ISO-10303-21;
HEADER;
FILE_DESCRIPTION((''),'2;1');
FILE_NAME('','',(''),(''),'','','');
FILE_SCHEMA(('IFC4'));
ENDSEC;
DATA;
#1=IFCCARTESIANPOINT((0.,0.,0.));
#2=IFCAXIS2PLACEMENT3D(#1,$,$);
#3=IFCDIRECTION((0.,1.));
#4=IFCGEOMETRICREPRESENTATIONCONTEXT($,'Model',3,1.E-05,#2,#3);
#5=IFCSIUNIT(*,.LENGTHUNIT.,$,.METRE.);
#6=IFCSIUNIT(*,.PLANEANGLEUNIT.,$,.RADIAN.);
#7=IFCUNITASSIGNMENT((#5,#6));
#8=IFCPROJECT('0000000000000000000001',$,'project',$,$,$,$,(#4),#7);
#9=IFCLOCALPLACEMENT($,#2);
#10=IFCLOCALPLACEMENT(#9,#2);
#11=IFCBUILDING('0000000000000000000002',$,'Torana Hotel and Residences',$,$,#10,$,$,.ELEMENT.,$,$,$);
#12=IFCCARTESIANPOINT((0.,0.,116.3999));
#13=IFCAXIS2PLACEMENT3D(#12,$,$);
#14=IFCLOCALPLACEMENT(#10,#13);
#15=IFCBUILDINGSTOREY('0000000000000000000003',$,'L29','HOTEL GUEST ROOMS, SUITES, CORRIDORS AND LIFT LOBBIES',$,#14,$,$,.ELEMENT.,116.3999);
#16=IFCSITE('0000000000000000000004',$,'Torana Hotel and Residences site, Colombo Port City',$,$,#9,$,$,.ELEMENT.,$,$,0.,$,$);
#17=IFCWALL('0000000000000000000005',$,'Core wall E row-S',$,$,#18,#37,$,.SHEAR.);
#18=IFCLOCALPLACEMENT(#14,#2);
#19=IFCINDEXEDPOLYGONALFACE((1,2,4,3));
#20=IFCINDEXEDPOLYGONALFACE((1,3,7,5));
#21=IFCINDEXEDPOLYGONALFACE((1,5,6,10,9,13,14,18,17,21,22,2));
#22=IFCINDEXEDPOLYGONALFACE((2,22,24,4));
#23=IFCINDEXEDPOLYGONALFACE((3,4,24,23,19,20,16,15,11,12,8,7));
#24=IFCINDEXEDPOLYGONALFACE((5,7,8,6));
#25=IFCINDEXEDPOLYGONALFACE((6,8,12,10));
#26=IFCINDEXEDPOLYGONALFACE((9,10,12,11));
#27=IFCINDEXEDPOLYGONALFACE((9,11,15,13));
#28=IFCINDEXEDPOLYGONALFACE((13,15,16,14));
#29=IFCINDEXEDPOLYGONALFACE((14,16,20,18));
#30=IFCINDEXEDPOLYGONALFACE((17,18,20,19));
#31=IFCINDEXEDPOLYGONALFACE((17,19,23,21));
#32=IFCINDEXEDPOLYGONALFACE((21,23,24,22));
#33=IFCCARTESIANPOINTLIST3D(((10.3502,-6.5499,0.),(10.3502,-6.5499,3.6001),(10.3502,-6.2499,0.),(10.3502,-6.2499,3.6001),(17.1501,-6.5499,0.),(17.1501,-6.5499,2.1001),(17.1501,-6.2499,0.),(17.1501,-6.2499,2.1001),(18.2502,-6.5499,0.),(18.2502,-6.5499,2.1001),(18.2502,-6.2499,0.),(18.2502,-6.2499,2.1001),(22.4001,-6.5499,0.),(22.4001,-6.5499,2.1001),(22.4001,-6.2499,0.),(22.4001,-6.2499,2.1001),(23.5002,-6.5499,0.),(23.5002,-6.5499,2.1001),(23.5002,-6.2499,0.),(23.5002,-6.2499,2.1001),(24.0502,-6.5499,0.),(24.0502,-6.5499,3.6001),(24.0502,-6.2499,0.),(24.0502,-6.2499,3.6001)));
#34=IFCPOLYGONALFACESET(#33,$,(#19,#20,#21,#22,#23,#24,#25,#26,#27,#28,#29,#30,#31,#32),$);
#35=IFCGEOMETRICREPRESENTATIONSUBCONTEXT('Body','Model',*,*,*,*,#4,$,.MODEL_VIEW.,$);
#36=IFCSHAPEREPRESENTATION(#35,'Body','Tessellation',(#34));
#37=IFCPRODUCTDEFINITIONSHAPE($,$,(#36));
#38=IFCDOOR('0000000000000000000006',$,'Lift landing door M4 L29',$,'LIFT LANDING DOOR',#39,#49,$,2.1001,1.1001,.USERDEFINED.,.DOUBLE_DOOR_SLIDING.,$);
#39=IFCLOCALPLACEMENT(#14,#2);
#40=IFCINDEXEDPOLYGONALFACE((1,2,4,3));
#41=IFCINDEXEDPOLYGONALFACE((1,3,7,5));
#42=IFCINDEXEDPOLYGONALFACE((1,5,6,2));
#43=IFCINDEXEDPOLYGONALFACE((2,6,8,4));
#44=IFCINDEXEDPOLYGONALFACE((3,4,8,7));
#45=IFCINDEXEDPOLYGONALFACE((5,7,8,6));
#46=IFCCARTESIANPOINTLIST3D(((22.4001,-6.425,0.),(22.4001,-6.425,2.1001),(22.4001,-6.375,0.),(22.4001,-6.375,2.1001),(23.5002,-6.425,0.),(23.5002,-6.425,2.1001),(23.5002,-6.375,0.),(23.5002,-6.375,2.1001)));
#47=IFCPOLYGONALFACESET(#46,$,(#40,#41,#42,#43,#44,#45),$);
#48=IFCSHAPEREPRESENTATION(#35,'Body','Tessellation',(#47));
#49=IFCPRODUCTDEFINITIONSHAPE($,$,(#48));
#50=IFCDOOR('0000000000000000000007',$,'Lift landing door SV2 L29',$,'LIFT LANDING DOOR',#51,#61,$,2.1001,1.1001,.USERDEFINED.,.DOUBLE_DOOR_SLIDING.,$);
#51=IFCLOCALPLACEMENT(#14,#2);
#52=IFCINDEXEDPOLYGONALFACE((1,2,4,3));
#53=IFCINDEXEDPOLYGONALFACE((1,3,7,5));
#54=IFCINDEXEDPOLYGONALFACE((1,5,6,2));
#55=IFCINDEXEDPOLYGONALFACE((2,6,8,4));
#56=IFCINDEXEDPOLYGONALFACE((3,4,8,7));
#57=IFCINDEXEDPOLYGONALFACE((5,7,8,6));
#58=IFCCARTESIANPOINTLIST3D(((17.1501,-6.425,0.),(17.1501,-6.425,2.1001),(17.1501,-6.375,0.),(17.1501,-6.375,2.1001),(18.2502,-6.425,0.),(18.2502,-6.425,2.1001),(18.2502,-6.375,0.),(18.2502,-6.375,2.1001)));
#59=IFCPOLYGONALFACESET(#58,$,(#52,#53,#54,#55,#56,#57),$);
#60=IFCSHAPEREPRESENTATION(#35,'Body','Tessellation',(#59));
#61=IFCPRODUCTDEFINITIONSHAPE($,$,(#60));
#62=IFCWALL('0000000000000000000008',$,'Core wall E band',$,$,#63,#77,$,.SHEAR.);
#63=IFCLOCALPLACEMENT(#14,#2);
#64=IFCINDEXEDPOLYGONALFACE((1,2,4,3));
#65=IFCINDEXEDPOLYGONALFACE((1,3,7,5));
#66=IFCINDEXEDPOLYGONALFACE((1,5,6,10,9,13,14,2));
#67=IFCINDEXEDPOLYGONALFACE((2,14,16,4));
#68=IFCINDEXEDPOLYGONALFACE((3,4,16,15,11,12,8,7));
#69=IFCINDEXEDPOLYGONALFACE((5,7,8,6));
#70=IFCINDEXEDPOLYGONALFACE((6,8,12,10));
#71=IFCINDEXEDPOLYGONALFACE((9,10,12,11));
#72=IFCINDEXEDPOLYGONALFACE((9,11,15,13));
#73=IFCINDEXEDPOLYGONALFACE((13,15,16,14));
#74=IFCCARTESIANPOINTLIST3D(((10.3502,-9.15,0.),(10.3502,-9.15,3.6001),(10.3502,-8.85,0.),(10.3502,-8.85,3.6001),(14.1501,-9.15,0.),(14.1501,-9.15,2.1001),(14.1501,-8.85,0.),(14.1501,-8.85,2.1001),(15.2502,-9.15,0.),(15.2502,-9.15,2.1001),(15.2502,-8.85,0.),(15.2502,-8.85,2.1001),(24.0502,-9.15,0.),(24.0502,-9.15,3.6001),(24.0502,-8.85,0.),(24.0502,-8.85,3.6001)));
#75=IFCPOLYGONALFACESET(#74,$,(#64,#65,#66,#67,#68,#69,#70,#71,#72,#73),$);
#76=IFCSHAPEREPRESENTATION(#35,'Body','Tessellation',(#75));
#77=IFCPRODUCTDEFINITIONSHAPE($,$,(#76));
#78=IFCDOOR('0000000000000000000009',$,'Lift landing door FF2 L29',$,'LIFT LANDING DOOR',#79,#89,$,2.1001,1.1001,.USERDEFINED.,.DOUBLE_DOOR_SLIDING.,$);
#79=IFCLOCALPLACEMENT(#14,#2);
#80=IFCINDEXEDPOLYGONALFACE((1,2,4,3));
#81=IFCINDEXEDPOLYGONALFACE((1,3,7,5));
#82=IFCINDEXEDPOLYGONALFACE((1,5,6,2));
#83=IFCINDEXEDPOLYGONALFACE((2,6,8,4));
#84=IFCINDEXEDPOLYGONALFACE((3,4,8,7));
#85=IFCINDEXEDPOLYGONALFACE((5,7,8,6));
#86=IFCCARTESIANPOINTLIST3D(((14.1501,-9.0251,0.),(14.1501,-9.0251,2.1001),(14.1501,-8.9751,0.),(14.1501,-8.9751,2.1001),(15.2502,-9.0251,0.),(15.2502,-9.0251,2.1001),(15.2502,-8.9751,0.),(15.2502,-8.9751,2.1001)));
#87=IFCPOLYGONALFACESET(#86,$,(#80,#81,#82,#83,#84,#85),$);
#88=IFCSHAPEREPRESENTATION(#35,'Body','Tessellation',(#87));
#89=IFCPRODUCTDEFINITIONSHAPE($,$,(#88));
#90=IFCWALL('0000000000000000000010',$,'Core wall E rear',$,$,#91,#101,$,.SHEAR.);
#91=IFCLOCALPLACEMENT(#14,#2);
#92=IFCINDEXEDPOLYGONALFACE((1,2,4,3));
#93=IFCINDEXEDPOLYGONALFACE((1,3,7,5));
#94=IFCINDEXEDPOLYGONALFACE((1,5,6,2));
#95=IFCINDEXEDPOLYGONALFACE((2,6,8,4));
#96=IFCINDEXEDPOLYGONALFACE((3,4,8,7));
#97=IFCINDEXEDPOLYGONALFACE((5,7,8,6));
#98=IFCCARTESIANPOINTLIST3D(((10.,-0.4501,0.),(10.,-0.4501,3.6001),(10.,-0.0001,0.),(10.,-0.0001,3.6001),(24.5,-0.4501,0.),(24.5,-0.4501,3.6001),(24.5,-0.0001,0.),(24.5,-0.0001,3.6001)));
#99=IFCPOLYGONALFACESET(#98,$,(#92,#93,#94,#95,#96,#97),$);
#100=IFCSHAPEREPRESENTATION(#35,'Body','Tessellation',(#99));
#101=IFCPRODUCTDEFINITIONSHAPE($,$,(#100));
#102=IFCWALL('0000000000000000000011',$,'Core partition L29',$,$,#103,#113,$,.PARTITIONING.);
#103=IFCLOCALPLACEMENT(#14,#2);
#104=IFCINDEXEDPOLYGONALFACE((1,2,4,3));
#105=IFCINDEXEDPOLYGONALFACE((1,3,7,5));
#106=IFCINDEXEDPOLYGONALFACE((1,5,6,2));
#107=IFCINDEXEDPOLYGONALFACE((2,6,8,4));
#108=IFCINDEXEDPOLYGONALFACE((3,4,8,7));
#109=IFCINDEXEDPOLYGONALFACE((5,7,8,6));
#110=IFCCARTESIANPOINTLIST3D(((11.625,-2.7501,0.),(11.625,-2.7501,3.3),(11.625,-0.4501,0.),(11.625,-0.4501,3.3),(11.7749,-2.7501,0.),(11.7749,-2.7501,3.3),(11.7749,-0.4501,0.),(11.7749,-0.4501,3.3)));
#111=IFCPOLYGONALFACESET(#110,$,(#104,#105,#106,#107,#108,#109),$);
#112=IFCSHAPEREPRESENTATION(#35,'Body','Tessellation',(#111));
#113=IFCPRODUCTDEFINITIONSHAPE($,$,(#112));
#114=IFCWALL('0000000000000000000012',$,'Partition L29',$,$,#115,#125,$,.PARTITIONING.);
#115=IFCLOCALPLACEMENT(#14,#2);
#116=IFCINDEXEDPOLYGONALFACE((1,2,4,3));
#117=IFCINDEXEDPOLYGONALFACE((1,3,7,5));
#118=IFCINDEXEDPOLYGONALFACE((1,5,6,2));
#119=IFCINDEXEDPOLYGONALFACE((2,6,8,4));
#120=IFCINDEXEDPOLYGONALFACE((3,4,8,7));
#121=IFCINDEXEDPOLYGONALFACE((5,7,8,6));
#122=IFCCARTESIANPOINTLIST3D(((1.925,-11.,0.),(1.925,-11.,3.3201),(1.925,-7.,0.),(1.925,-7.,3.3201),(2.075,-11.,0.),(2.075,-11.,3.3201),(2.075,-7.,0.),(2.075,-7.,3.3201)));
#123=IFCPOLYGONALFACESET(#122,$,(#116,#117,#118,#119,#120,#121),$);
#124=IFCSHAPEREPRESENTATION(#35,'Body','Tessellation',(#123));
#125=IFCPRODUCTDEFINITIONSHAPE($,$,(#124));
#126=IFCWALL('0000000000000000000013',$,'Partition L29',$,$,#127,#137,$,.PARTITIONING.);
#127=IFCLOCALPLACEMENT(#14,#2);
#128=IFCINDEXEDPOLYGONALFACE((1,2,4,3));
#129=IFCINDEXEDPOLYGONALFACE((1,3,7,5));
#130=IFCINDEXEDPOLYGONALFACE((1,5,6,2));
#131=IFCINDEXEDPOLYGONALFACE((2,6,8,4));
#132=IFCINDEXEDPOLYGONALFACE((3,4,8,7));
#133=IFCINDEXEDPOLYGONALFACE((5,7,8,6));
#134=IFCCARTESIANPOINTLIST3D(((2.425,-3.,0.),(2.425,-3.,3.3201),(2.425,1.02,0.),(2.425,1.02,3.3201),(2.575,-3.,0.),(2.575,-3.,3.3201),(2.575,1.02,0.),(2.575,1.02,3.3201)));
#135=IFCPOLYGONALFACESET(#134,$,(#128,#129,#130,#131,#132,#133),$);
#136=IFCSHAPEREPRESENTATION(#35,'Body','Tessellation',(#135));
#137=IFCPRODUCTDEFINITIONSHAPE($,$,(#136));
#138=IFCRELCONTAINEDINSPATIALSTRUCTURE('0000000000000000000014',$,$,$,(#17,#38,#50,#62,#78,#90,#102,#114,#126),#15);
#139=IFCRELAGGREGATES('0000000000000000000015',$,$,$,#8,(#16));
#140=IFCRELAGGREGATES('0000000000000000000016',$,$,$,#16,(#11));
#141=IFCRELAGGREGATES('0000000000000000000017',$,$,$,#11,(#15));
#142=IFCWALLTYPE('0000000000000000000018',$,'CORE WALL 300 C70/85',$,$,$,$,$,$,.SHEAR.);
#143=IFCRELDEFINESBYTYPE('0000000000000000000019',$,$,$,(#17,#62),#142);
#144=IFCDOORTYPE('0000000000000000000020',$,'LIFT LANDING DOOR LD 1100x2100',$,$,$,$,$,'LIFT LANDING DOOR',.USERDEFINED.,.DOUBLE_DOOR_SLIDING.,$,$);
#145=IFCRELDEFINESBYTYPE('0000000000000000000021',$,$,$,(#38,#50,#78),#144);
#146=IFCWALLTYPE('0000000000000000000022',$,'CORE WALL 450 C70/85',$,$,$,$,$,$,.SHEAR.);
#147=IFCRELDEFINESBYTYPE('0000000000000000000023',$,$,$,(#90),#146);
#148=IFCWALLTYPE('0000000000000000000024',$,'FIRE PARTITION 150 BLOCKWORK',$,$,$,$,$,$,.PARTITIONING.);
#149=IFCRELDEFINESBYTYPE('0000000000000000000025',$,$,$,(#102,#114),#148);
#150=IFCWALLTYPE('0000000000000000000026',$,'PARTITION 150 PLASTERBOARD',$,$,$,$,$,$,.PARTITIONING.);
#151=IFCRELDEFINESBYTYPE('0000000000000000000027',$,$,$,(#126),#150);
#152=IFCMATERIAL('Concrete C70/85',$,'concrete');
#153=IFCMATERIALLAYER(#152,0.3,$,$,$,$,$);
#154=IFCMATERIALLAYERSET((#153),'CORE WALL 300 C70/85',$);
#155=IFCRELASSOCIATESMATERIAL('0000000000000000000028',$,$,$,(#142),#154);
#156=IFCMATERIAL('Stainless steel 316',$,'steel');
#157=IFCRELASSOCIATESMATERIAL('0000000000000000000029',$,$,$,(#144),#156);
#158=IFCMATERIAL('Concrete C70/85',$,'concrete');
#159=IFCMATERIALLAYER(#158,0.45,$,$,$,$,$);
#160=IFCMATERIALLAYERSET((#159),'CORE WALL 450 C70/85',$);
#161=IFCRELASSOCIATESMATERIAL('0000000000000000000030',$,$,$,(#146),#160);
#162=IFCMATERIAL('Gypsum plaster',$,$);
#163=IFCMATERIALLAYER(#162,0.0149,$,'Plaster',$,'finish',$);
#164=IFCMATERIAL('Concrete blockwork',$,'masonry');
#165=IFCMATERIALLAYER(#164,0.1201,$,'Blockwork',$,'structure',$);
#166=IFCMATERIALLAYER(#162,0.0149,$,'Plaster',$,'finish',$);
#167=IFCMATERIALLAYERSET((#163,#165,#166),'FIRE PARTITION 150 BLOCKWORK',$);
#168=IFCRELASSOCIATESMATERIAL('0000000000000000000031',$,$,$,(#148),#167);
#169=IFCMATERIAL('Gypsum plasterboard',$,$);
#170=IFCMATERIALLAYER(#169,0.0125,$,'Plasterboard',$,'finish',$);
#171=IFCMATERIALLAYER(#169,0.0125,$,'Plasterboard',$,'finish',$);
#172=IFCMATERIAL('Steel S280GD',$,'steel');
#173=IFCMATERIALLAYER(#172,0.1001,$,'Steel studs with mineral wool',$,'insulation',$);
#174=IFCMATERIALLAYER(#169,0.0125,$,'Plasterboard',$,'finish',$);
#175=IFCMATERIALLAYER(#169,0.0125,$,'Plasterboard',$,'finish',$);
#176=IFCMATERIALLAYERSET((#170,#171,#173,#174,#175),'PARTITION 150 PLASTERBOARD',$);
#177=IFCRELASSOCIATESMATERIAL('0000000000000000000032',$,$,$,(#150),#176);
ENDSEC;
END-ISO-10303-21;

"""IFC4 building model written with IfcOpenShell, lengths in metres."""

from ifc_helpers import new_model, si_unit, direction, frame, frame_2d, origin, place, context, subcontext, project, spatial, rectangle, extrude, material, layer, layer_set, type_object, element, fill, save


model = new_model("IFC4")

# Units and contexts
model_context = context("Model", 3, precision=1e-05, world=origin(), true_north=direction((0.0, 1.0)))
body_context = subcontext(model_context, "Body", "Model", "MODEL_VIEW")
ifc_project = project(units=[si_unit("LENGTHUNIT", "METRE"), si_unit("PLANEANGLEUNIT", "RADIAN")], contexts=[model_context])

# Site, building, storey
site_placement = place(None, origin())
site = spatial("IfcSite", under=ifc_project, at=site_placement, Name="Torana Hotel and Residences site, Colombo Port City", CompositionType="ELEMENT", RefElevation=0.0)
building_placement = place(site_placement, origin())
building = spatial("IfcBuilding", under=site, at=building_placement, Name="Torana Hotel and Residences", CompositionType="ELEMENT")
storey_placement = place(building_placement, frame((0.0, 0.0, 116.3999)))
storey = spatial("IfcBuildingStorey", under=building, at=storey_placement, Name="L29", Description="HOTEL GUEST ROOMS, SUITES, CORRIDORS AND LIFT LOBBIES", CompositionType="ELEMENT", Elevation=116.3999)

# Wall, openings, doors
ifc_material_1 = material(Name="Concrete C70/85", Category="concrete")
ifc_layer_1 = layer(ifc_material_1, 0.3)
ifc_layer_set_1 = layer_set([ifc_layer_1], Name="CORE WALL 300 C70/85")
wall_type_1 = type_object("IfcWallType", Name="CORE WALL 300 C70/85", PredefinedType="SHEAR", material=ifc_layer_set_1)
ifc_material_2 = material(Name="Stainless steel 316", Category="steel")
door_type_1 = type_object("IfcDoorType", Name="LIFT LANDING DOOR LD 1100x2100", ElementType="LIFT LANDING DOOR", OperationType="DOUBLE_DOOR_SLIDING", PredefinedType="USERDEFINED", material=ifc_material_2)
wall_1_placement = place(storey_placement, frame((10.3501, -6.3999, 0.0), z_axis=(0.0, 0.0, 1.0), x_axis=(1.0, 0.0, 0.0)))
wall_1 = element("IfcWall", 1, at=wall_1_placement, inside=storey, type_object=wall_type_1, Name="Core wall E row-S", PredefinedType="SHEAR", context=body_context, shape_type="SweptSolid", body=[
    extrude(rectangle(XDim=13.7, YDim=0.3, at=frame_2d((6.8501, 0.0))), origin(), (0.0, 0.0, 1.0), 3.6001),
])
opening_1_placement = place(wall_1_placement, frame((12.05, 0.0, 0.0)))
opening_1 = element("IfcOpeningElement", 2, at=opening_1_placement, cuts=wall_1, PredefinedType="OPENING", context=body_context, shape_type="SweptSolid", body=[
    extrude(rectangle(XDim=1.1001, YDim=2.1001, at=frame_2d((0.55, 1.05))), frame((0.0, 0.1599, 0.0), z_axis=(0.0, -1.0, 0.0), x_axis=(1.0, 0.0, 0.0)), (0.0, 0.0, 1.0), 0.3201),
])
opening_2_placement = place(wall_1_placement, frame((6.8, 0.0, 0.0)))
opening_2 = element("IfcOpeningElement", 3, at=opening_2_placement, cuts=wall_1, PredefinedType="OPENING", context=body_context, shape_type="SweptSolid", body=[
    extrude(rectangle(XDim=1.1001, YDim=2.1001, at=frame_2d((0.55, 1.05))), frame((0.0, 0.1599, 0.0), z_axis=(0.0, -1.0, 0.0), x_axis=(1.0, 0.0, 0.0)), (0.0, 0.0, 1.0), 0.3201),
])
door_1_placement = place(opening_1_placement, origin())
door_1 = element("IfcDoor", 4, at=door_1_placement, inside=storey, type_object=door_type_1, Name="Lift landing door M4 L29", ObjectType="LIFT LANDING DOOR", OperationType="DOUBLE_DOOR_SLIDING", OverallHeight=2.1001, OverallWidth=1.1001, PredefinedType="USERDEFINED", context=body_context, shape_type="SweptSolid", body=[
    extrude(rectangle(XDim=1.1001, YDim=2.1001, at=frame_2d((0.55, 1.05))), frame((0.0, 0.0249, 0.0), z_axis=(0.0, -1.0, 0.0), x_axis=(1.0, 0.0, 0.0)), (0.0, 0.0, 1.0), 0.05),
])
fill(opening_1, door_1)
door_2_placement = place(opening_2_placement, origin())
door_2 = element("IfcDoor", 5, at=door_2_placement, inside=storey, type_object=door_type_1, Name="Lift landing door SV2 L29", ObjectType="LIFT LANDING DOOR", OperationType="DOUBLE_DOOR_SLIDING", OverallHeight=2.1001, OverallWidth=1.1001, PredefinedType="USERDEFINED", context=body_context, shape_type="SweptSolid", body=[
    extrude(rectangle(XDim=1.1001, YDim=2.1001, at=frame_2d((0.55, 1.05))), frame((0.0, 0.0249, 0.0), z_axis=(0.0, -1.0, 0.0), x_axis=(1.0, 0.0, 0.0)), (0.0, 0.0, 1.0), 0.05),
])
fill(opening_2, door_2)

# Wall, opening, door
wall_2_placement = place(storey_placement, frame((10.3501, -9.0, 0.0), z_axis=(0.0, 0.0, 1.0), x_axis=(1.0, 0.0, 0.0)))
wall_2 = element("IfcWall", 6, at=wall_2_placement, inside=storey, type_object=wall_type_1, Name="Core wall E band", PredefinedType="SHEAR", context=body_context, shape_type="SweptSolid", body=[
    extrude(rectangle(XDim=13.7, YDim=0.3, at=frame_2d((6.8501, 0.0))), origin(), (0.0, 0.0, 1.0), 3.6001),
])
opening_3_placement = place(wall_2_placement, frame((3.8, 0.0, 0.0)))
opening_3 = element("IfcOpeningElement", 7, at=opening_3_placement, cuts=wall_2, PredefinedType="OPENING", context=body_context, shape_type="SweptSolid", body=[
    extrude(rectangle(XDim=1.1001, YDim=2.1001, at=frame_2d((0.55, 1.05))), frame((0.0, 0.1599, 0.0), z_axis=(0.0, -1.0, 0.0), x_axis=(1.0, 0.0, 0.0)), (0.0, 0.0, 1.0), 0.3201),
])
door_3_placement = place(opening_3_placement, origin())
door_3 = element("IfcDoor", 8, at=door_3_placement, inside=storey, type_object=door_type_1, Name="Lift landing door FF2 L29", ObjectType="LIFT LANDING DOOR", OperationType="DOUBLE_DOOR_SLIDING", OverallHeight=2.1001, OverallWidth=1.1001, PredefinedType="USERDEFINED", context=body_context, shape_type="SweptSolid", body=[
    extrude(rectangle(XDim=1.1001, YDim=2.1001, at=frame_2d((0.55, 1.05))), frame((0.0, 0.0249, 0.0), z_axis=(0.0, -1.0, 0.0), x_axis=(1.0, 0.0, 0.0)), (0.0, 0.0, 1.0), 0.05),
])
fill(opening_3, door_3)

# Walls
ifc_material_3 = material(Name="Concrete C70/85", Category="concrete")
ifc_layer_2 = layer(ifc_material_3, 0.45)
ifc_layer_set_2 = layer_set([ifc_layer_2], Name="CORE WALL 450 C70/85")
wall_type_2 = type_object("IfcWallType", Name="CORE WALL 450 C70/85", PredefinedType="SHEAR", material=ifc_layer_set_2)
wall_3_placement = place(storey_placement, frame((10.0, -0.2251, 0.0), z_axis=(0.0, 0.0, 1.0), x_axis=(1.0, 0.0, 0.0)))
element("IfcWall", 9, at=wall_3_placement, inside=storey, type_object=wall_type_2, Name="Core wall E rear", PredefinedType="SHEAR", context=body_context, shape_type="SweptSolid", body=[
    extrude(rectangle(XDim=14.5, YDim=0.45, at=frame_2d((7.25, 0.0))), origin(), (0.0, 0.0, 1.0), 3.6001),
])
ifc_material_4 = material(Name="Gypsum plaster")
ifc_layer_3 = layer(ifc_material_4, 0.0149, Name="Plaster", Category="finish")
ifc_material_5 = material(Name="Concrete blockwork", Category="masonry")
ifc_layer_4 = layer(ifc_material_5, 0.1201, Name="Blockwork", Category="structure")
ifc_layer_5 = layer(ifc_material_4, 0.0149, Name="Plaster", Category="finish")
ifc_layer_set_3 = layer_set([ifc_layer_3, ifc_layer_4, ifc_layer_5], Name="FIRE PARTITION 150 BLOCKWORK")
wall_type_3 = type_object("IfcWallType", Name="FIRE PARTITION 150 BLOCKWORK", PredefinedType="PARTITIONING", material=ifc_layer_set_3)
wall_4_placement = place(storey_placement, frame((11.7, -2.75, 0.0), z_axis=(0.0, 0.0, 1.0), x_axis=(0.0, 1.0, 0.0)))
element("IfcWall", 10, at=wall_4_placement, inside=storey, type_object=wall_type_3, Name="Core partition L29", PredefinedType="PARTITIONING", context=body_context, shape_type="SweptSolid", body=[
    extrude(rectangle(XDim=2.3, YDim=0.1499, at=frame_2d((1.1499, 0.0))), origin(), (0.0, 0.0, 1.0), 3.3),
])
wall_5_placement = place(storey_placement, frame((2.0, -11.0, 0.0), z_axis=(0.0, 0.0, 1.0), x_axis=(0.0, 1.0, 0.0)))
element("IfcWall", 11, at=wall_5_placement, inside=storey, type_object=wall_type_3, Name="Partition L29", PredefinedType="PARTITIONING", context=body_context, shape_type="SweptSolid", body=[
    extrude(rectangle(XDim=4.0, YDim=0.1499, at=frame_2d((2.0, 0.0))), origin(), (0.0, 0.0, 1.0), 3.3201),
])
ifc_material_6 = material(Name="Gypsum plasterboard")
ifc_layer_6 = layer(ifc_material_6, 0.0125, Name="Plasterboard", Category="finish")
ifc_layer_7 = layer(ifc_material_6, 0.0125, Name="Plasterboard", Category="finish")
ifc_material_7 = material(Name="Steel S280GD", Category="steel")
ifc_layer_8 = layer(ifc_material_7, 0.1001, Name="Steel studs with mineral wool", Category="insulation")
ifc_layer_9 = layer(ifc_material_6, 0.0125, Name="Plasterboard", Category="finish")
ifc_layer_10 = layer(ifc_material_6, 0.0125, Name="Plasterboard", Category="finish")
ifc_layer_set_4 = layer_set([ifc_layer_6, ifc_layer_7, ifc_layer_8, ifc_layer_9, ifc_layer_10], Name="PARTITION 150 PLASTERBOARD")
wall_type_4 = type_object("IfcWallType", Name="PARTITION 150 PLASTERBOARD", PredefinedType="PARTITIONING", material=ifc_layer_set_4)
wall_6_placement = place(storey_placement, frame((2.5, -3.0, 0.0), z_axis=(0.0, 0.0, 1.0), x_axis=(0.0, 1.0, 0.0)))
element("IfcWall", 12, at=wall_6_placement, inside=storey, type_object=wall_type_4, Name="Partition L29", PredefinedType="PARTITIONING", context=body_context, shape_type="SweptSolid", body=[
    extrude(rectangle(XDim=4.02, YDim=0.1499, at=frame_2d((2.01, 0.0))), origin(), (0.0, 0.0, 1.0), 3.3201),
])

save(model, "model.ifc")
